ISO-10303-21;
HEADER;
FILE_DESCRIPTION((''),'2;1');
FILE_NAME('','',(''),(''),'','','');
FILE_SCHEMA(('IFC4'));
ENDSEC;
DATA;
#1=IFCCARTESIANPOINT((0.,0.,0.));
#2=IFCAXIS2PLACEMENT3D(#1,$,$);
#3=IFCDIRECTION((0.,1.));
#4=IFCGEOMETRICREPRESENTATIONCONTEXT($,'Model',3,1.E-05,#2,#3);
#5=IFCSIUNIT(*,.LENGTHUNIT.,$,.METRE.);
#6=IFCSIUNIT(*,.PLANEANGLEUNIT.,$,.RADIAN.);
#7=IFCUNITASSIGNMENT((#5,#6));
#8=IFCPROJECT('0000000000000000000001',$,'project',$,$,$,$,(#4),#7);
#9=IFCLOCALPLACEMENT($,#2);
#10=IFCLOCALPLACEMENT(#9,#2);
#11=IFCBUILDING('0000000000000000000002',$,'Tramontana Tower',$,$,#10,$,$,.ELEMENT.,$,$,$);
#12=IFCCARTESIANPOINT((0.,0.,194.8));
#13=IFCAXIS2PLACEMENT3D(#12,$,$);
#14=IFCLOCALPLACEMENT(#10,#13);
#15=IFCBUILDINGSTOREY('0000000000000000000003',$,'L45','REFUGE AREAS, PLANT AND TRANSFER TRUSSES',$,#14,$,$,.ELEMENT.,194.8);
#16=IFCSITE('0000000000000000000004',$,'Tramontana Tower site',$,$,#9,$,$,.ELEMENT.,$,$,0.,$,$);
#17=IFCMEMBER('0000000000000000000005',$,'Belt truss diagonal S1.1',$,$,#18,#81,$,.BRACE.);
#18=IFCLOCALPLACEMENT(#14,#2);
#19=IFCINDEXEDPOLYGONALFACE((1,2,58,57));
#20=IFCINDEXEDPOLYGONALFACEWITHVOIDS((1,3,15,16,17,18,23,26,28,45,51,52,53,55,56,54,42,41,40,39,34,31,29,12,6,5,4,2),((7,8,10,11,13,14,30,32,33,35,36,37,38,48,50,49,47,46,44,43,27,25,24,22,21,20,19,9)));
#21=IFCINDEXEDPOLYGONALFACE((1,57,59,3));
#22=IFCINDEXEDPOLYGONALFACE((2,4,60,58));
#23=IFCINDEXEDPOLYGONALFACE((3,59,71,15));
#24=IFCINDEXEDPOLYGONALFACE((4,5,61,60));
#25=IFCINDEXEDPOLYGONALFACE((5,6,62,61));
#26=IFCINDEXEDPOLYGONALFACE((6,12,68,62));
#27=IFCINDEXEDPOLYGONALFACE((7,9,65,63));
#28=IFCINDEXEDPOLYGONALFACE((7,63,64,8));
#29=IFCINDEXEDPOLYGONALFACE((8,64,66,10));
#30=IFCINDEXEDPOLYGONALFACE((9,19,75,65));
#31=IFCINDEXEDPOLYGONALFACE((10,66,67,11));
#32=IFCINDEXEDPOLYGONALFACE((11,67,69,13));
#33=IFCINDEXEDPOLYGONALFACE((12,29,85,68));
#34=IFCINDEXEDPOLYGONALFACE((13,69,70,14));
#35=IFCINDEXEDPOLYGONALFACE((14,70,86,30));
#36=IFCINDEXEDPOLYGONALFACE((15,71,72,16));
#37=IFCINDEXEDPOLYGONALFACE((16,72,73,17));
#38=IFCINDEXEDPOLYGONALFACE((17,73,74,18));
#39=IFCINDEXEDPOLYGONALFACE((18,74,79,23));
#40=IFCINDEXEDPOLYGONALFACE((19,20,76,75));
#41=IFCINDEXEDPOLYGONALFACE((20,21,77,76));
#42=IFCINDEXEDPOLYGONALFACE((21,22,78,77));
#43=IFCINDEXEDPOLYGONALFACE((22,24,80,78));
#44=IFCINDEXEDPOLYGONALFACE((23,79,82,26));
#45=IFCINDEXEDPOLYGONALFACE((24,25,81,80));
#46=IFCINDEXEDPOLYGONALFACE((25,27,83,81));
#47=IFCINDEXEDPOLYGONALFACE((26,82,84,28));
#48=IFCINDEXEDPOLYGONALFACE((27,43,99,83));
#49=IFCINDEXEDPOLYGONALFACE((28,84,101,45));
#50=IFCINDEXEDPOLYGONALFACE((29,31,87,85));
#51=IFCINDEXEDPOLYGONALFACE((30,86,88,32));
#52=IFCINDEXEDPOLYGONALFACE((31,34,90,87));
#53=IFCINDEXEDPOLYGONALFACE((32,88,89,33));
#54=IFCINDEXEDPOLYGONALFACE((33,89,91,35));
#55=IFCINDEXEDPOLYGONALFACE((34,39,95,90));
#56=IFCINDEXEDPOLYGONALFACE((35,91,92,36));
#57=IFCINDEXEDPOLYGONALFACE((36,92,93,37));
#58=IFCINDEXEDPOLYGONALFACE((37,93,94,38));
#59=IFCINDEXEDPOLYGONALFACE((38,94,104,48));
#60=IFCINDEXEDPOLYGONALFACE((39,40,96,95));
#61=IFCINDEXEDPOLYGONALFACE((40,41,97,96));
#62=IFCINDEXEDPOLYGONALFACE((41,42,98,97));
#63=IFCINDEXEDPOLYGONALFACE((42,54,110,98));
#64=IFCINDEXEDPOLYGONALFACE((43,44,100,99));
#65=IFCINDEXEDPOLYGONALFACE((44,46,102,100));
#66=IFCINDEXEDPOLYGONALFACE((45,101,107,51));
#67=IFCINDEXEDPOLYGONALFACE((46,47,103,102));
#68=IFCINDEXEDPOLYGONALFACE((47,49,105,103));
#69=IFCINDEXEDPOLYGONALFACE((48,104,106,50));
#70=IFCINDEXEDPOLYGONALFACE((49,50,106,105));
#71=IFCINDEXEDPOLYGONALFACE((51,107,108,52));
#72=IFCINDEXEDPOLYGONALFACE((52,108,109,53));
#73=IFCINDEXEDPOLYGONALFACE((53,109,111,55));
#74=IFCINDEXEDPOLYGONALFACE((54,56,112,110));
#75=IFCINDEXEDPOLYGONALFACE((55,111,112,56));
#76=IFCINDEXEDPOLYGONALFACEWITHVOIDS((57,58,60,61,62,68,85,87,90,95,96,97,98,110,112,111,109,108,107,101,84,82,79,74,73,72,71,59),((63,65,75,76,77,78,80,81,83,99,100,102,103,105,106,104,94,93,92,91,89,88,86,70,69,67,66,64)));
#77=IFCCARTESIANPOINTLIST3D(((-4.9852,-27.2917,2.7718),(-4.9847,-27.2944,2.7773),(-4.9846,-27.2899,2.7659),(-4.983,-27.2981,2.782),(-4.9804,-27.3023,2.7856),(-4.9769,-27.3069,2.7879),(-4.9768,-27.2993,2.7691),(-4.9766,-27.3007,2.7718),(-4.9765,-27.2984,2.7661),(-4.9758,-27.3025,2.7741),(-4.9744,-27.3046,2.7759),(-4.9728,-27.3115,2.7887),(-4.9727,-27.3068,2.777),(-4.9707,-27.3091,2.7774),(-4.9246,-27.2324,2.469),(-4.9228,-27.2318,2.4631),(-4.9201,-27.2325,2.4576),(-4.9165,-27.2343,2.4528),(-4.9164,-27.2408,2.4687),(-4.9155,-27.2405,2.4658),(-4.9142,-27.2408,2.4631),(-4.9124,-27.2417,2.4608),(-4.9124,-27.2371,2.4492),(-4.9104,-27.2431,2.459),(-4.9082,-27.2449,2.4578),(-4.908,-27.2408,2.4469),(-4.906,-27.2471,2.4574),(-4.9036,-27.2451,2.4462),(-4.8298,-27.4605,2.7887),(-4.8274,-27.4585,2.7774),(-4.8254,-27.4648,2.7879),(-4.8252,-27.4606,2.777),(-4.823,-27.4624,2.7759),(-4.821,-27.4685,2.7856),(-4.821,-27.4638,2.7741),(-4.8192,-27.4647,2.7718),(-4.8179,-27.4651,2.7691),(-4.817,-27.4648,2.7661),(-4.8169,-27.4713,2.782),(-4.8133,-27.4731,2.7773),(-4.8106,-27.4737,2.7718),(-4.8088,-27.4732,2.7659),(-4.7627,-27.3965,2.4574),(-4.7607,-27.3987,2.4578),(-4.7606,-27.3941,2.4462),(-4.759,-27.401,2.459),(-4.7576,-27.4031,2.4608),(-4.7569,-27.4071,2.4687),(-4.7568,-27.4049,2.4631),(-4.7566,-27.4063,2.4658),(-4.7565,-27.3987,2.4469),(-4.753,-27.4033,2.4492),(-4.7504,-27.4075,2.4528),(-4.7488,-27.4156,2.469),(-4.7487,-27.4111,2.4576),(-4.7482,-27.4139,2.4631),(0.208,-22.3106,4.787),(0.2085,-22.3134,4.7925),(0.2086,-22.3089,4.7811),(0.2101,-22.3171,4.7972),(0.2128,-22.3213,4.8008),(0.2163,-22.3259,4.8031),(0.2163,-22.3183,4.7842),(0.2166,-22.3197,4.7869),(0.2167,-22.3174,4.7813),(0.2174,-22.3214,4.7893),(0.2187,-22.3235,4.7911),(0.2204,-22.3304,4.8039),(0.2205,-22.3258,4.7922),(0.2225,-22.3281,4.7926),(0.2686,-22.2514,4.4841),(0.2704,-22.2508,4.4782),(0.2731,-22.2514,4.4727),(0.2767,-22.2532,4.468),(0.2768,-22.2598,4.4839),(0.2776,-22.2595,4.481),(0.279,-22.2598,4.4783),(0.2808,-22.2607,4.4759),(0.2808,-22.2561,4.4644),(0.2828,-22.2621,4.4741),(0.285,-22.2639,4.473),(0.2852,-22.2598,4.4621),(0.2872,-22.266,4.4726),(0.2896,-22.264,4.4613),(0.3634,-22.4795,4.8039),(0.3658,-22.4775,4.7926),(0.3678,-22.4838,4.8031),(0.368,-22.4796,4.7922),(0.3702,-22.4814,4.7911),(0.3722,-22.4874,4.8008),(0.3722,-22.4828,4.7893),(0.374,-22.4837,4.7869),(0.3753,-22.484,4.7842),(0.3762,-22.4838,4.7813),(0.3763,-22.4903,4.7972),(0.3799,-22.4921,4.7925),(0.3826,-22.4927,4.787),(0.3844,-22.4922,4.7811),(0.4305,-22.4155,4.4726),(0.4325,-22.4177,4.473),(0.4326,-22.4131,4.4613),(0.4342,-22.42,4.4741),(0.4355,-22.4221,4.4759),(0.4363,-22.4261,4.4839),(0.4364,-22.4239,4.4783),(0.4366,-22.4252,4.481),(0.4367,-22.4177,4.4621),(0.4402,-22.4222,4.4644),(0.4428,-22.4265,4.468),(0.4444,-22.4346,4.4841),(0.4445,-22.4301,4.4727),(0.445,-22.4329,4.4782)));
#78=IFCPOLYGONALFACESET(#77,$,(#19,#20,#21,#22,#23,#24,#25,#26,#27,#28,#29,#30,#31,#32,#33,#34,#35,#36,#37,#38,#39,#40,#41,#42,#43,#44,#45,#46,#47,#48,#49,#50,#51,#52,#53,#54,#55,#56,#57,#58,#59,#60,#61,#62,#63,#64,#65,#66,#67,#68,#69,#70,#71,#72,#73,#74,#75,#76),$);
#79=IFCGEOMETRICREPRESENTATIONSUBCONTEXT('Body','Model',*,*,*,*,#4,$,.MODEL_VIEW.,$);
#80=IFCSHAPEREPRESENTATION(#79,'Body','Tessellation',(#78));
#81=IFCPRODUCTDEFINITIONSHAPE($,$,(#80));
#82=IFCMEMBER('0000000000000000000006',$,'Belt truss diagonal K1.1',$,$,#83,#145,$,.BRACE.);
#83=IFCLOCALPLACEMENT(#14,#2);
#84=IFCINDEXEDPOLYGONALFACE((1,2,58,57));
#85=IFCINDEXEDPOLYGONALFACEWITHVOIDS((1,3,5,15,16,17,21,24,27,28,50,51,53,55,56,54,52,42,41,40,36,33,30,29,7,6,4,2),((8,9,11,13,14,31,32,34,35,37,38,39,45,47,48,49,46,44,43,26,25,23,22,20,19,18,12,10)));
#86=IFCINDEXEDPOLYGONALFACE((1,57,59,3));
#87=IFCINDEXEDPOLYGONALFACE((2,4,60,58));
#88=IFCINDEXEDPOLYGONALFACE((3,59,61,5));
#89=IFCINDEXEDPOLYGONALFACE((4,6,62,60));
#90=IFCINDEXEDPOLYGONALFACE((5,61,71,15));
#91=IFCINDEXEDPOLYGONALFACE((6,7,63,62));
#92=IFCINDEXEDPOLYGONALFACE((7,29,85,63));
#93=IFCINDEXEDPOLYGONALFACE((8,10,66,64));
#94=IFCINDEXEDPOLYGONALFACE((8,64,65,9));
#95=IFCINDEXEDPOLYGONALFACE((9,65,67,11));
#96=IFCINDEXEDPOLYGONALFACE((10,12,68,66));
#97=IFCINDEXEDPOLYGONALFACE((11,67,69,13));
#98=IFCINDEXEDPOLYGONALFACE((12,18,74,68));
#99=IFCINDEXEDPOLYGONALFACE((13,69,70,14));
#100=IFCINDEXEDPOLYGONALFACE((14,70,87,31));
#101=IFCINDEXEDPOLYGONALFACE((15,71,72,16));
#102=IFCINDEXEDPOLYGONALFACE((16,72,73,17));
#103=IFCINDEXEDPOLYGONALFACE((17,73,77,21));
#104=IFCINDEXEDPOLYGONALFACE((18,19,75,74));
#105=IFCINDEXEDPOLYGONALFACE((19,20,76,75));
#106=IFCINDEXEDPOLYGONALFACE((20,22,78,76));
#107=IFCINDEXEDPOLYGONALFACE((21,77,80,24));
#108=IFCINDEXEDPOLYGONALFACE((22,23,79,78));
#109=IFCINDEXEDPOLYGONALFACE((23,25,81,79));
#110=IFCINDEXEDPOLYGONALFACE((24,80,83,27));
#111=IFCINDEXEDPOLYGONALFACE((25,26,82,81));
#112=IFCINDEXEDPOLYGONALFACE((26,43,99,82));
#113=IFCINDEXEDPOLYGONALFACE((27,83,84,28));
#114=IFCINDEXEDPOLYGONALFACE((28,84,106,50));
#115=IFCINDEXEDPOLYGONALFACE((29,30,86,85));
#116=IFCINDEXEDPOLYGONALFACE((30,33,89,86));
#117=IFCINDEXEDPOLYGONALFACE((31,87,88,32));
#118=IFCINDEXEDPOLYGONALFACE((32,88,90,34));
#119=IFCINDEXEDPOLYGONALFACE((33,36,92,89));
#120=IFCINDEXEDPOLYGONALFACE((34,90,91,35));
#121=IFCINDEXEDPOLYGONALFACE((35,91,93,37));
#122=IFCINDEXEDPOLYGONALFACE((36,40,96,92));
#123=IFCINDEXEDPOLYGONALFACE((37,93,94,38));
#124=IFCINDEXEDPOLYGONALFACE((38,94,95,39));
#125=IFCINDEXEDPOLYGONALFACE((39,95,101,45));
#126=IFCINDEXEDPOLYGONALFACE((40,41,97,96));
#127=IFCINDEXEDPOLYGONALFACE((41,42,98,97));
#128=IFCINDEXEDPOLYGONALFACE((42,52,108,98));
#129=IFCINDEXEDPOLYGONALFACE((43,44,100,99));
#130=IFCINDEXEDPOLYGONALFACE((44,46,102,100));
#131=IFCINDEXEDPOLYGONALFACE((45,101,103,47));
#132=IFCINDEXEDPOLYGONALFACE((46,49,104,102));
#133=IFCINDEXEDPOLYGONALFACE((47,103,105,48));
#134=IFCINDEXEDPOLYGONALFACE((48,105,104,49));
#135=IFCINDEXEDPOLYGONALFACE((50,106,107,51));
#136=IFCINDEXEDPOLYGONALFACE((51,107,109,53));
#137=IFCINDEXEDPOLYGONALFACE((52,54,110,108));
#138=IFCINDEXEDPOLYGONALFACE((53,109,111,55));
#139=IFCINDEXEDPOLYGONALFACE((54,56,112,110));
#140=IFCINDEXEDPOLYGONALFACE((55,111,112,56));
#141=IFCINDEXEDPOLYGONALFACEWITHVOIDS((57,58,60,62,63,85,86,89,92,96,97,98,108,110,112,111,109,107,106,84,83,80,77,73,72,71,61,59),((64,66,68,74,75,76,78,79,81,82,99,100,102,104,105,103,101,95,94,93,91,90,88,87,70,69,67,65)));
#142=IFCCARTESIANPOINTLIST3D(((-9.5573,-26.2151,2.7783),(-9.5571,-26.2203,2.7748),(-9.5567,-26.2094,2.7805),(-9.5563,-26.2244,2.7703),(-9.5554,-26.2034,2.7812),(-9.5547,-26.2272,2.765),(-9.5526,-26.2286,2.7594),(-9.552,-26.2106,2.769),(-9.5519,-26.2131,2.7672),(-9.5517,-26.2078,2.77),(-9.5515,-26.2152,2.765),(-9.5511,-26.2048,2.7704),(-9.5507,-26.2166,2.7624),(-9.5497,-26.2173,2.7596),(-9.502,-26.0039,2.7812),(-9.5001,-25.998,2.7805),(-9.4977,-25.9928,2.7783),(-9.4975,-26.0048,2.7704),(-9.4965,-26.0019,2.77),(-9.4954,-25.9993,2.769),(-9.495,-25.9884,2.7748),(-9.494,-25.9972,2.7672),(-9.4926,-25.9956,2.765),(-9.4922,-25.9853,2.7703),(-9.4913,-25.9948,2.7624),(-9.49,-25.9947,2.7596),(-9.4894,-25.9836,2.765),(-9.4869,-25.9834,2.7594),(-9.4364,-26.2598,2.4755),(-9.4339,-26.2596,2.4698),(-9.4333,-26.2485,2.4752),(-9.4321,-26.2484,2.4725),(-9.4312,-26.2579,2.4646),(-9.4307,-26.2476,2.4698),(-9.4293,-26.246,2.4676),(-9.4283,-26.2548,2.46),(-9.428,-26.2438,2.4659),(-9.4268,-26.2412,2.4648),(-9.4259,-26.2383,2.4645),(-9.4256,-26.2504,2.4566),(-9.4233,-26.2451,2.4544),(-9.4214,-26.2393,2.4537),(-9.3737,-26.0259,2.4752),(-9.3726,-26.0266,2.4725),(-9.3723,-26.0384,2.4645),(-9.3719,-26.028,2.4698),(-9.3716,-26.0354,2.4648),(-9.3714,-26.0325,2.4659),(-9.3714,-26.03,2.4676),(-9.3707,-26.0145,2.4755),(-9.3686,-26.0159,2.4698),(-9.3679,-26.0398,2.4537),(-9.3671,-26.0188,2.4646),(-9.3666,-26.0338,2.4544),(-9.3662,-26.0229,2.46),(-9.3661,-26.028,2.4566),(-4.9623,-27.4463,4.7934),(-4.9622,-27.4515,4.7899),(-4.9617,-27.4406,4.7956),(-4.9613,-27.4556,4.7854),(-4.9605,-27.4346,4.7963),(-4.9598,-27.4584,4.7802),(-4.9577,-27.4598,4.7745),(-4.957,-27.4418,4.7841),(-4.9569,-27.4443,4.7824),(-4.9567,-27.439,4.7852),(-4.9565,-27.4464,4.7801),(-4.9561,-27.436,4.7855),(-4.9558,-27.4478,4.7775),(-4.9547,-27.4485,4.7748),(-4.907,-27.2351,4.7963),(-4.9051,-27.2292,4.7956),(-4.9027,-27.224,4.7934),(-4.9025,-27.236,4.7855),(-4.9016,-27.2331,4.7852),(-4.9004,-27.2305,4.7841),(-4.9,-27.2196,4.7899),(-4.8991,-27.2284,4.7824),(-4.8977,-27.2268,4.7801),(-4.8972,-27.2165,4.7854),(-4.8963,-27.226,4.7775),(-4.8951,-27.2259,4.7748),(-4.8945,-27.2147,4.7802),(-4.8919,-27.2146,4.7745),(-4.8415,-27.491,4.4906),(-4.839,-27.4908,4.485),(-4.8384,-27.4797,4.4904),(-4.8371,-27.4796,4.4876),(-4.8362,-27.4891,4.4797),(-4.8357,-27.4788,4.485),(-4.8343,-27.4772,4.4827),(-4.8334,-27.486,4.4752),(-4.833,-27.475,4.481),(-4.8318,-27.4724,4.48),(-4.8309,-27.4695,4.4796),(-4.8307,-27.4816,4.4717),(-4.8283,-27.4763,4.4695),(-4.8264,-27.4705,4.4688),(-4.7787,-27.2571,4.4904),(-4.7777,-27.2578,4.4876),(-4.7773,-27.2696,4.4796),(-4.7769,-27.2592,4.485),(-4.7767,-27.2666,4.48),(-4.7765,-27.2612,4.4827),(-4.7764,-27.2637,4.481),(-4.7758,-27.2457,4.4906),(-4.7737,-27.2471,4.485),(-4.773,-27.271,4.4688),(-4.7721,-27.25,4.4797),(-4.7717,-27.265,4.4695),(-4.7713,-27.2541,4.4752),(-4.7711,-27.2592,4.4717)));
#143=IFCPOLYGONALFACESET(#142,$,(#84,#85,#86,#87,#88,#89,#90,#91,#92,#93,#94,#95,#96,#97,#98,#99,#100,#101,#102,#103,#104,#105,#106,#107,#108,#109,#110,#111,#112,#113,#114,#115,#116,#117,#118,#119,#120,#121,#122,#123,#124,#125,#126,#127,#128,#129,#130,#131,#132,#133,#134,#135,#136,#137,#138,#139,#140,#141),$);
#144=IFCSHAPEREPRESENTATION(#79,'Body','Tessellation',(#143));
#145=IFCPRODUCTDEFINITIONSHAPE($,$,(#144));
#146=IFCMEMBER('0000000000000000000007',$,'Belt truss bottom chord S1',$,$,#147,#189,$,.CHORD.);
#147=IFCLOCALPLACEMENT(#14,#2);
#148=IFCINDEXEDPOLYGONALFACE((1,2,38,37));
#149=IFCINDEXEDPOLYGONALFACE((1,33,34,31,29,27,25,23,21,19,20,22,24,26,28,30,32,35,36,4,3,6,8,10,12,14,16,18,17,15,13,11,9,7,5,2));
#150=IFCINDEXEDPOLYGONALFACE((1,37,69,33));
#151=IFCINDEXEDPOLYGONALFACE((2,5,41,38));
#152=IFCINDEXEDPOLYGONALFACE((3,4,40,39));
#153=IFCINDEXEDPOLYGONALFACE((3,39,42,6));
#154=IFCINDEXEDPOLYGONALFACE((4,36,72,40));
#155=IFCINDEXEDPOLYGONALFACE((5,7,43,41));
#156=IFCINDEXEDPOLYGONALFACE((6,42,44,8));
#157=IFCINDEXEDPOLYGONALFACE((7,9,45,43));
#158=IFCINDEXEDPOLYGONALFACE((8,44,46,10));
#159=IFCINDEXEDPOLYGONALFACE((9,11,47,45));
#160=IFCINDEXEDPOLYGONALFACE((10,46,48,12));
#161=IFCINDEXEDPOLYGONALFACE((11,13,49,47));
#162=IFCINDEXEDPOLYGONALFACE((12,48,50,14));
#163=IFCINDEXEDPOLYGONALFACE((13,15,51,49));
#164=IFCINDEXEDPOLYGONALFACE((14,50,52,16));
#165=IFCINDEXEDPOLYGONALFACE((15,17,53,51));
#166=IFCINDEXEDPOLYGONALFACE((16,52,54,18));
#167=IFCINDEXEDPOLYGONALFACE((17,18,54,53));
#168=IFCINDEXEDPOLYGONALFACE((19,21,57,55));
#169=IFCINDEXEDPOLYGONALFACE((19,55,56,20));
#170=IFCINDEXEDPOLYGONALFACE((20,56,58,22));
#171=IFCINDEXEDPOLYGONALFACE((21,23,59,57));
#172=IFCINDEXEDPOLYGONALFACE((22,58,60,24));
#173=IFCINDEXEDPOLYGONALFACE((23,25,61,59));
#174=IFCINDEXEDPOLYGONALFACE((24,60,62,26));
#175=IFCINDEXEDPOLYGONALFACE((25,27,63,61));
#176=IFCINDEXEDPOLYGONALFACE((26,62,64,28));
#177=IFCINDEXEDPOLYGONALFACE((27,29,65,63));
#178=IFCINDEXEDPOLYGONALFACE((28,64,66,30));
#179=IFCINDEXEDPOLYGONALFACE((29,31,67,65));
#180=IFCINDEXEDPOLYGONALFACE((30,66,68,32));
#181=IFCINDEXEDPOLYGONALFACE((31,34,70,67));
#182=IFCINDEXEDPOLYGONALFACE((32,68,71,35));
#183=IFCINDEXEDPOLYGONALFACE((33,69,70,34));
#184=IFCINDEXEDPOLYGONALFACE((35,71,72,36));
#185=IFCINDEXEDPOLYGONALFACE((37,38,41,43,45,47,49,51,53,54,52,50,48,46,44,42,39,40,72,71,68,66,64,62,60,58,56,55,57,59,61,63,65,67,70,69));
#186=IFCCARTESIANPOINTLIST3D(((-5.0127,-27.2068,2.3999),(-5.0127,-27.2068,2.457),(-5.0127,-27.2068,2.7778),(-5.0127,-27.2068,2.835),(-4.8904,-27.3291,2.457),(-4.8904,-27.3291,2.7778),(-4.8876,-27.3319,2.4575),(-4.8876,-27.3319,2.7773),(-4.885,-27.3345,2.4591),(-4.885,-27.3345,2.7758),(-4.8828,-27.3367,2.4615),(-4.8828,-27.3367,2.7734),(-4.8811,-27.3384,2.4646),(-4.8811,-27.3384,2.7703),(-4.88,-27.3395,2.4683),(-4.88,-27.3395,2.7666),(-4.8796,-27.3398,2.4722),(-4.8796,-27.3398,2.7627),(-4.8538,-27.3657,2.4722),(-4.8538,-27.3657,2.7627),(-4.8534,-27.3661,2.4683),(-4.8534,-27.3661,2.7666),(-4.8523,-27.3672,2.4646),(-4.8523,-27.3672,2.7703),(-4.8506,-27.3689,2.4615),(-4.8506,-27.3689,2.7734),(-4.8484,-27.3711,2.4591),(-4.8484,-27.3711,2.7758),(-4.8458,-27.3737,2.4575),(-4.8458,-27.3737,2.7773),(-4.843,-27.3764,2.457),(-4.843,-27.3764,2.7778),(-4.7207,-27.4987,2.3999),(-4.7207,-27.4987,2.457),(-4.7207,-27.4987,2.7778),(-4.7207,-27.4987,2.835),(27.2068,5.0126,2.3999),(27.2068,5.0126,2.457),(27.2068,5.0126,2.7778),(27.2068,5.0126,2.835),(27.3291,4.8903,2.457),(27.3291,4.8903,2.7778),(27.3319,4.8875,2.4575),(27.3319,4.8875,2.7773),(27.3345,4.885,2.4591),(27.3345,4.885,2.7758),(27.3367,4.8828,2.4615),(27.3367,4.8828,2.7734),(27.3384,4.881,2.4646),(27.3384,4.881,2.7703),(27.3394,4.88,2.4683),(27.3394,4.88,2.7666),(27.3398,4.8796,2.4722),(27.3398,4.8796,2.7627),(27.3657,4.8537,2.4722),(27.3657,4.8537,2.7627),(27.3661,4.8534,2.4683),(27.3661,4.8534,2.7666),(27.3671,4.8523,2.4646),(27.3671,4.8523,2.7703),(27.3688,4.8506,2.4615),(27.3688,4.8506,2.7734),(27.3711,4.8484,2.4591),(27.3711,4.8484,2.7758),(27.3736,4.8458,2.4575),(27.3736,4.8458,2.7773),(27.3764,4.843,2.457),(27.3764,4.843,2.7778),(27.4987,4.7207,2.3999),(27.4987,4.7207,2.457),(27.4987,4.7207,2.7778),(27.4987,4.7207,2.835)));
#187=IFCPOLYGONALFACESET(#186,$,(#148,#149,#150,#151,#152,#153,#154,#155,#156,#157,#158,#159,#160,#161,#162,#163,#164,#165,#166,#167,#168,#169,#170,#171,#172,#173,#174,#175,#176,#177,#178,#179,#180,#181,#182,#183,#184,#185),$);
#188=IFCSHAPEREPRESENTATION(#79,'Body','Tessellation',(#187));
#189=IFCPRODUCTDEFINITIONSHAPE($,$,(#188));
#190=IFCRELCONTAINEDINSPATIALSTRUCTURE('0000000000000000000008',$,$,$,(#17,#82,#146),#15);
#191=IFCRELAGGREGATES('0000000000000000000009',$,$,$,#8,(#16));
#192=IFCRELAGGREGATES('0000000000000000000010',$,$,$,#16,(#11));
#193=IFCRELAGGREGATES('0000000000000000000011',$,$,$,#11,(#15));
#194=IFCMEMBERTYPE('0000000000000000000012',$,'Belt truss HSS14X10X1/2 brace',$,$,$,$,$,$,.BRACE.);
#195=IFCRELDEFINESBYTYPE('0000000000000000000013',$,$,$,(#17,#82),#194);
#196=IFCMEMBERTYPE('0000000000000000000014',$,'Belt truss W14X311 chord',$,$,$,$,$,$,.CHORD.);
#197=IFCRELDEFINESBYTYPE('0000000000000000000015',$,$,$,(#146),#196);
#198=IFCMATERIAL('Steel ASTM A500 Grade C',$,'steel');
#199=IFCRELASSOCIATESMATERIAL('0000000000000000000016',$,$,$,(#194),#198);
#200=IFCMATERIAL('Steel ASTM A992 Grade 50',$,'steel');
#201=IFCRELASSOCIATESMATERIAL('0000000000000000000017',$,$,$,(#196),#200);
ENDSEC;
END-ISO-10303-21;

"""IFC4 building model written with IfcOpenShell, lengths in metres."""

from ifc_helpers import new_model, si_unit, direction, frame, origin, origin_2d, place, context, subcontext, project, spatial, hollow_rectangle, i_section, extrude, material, material_profile, profile_set, type_object, element, save


model = new_model("IFC4")

# Units and contexts
model_context = context("Model", 3, precision=1e-05, world=origin(), true_north=direction((0.0, 1.0)))
body_context = subcontext(model_context, "Body", "Model", "MODEL_VIEW")
ifc_project = project(units=[si_unit("LENGTHUNIT", "METRE"), si_unit("PLANEANGLEUNIT", "RADIAN")], contexts=[model_context])

# Site, building, storey
site_placement = place(None, origin())
site = spatial("IfcSite", under=ifc_project, at=site_placement, Name="Tramontana Tower site", CompositionType="ELEMENT", RefElevation=0.0)
building_placement = place(site_placement, origin())
building = spatial("IfcBuilding", under=site, at=building_placement, Name="Tramontana Tower", CompositionType="ELEMENT")
storey_placement = place(building_placement, frame((0.0, 0.0, 194.8)))
storey = spatial("IfcBuildingStorey", under=building, at=storey_placement, Name="L45", Description="REFUGE AREAS, PLANT AND TRANSFER TRUSSES", CompositionType="ELEMENT", Elevation=194.8)

# Members
ifc_material_1 = material(Name="Steel ASTM A500 Grade C", Category="steel")
ifc_material_profile_1 = material_profile(ifc_material_1, hollow_rectangle(XDim=0.2539, YDim=0.3557, WallThickness=0.0117, InnerFilletRadius=0.0117, OuterFilletRadius=0.0237, at=origin_2d()), Name="HSS14X10X1/2")
ifc_profile_set_1 = profile_set([ifc_material_profile_1], Name="Steel ASTM A500 Grade C")
member_type_1 = type_object("IfcMemberType", Name="Belt truss HSS14X10X1/2 brace", PredefinedType="BRACE", material=ifc_profile_set_1)
member_1_placement = place(storey_placement, frame((-4.8667, -27.3528, 2.6174), z_axis=(0.694958, 0.666566, 0.269672), x_axis=(-0.692211, 0.721695, 0.0)))
element("IfcMember", 1, at=member_1_placement, inside=storey, type_object=member_type_1, Name="Belt truss diagonal S1.1", PredefinedType="BRACE", context=body_context, shape_type="SweptSolid", body=[
    extrude(hollow_rectangle(XDim=0.2539, YDim=0.3557, WallThickness=0.0117, InnerFilletRadius=0.0117, OuterFilletRadius=0.0237, at=origin_2d()), origin(), (0.0, 0.0, 1.0), 7.4727),
])
member_2_placement = place(storey_placement, frame((-9.4617, -26.1216, 2.6174), z_axis=(0.889417, -0.238315, 0.390056), x_axis=(0.258816, 0.965927, 0.0)))
element("IfcMember", 2, at=member_2_placement, inside=storey, type_object=member_type_1, Name="Belt truss diagonal K1.1", PredefinedType="BRACE", context=body_context, shape_type="SweptSolid", body=[
    extrude(hollow_rectangle(XDim=0.2539, YDim=0.3557, WallThickness=0.0117, InnerFilletRadius=0.0117, OuterFilletRadius=0.0237, at=origin_2d()), origin(), (0.0, 0.0, 1.0), 5.1663),
])
ifc_material_2 = material(Name="Steel ASTM A992 Grade 50", Category="steel")
ifc_material_profile_2 = material_profile(ifc_material_2, i_section(OverallWidth=0.4128, OverallDepth=0.4351, WebThickness=0.0366, FlangeThickness=0.0571, FilletRadius=0.0151, at=origin_2d()), Name="W14X311")
ifc_profile_set_2 = profile_set([ifc_material_profile_2], Name="Steel ASTM A992 Grade 50")
member_type_2 = type_object("IfcMemberType", Name="Belt truss W14X311 chord", PredefinedType="CHORD", material=ifc_profile_set_2)
for number, where, z_axis, x_axis, name in (
    (3, (-4.8667, -27.3528, 2.6174), (0.707107, 0.707107, 0.0), (-0.707107, 0.707107, 0.0), "Belt truss bottom chord S1"),
):
    element("IfcMember", number, at=place(storey_placement, frame(where, z_axis=z_axis, x_axis=x_axis)), inside=storey, type_object=member_type_2, Name=name, PredefinedType="CHORD", context=body_context, shape_type="SweptSolid", body=[
        extrude(i_section(OverallWidth=0.4128, OverallDepth=0.4351, WebThickness=0.0366, FlangeThickness=0.0571, FilletRadius=0.0151, at=origin_2d()), origin(), (0.0, 0.0, 1.0), 45.5652),
    ])

save(model, "model.ifc")
